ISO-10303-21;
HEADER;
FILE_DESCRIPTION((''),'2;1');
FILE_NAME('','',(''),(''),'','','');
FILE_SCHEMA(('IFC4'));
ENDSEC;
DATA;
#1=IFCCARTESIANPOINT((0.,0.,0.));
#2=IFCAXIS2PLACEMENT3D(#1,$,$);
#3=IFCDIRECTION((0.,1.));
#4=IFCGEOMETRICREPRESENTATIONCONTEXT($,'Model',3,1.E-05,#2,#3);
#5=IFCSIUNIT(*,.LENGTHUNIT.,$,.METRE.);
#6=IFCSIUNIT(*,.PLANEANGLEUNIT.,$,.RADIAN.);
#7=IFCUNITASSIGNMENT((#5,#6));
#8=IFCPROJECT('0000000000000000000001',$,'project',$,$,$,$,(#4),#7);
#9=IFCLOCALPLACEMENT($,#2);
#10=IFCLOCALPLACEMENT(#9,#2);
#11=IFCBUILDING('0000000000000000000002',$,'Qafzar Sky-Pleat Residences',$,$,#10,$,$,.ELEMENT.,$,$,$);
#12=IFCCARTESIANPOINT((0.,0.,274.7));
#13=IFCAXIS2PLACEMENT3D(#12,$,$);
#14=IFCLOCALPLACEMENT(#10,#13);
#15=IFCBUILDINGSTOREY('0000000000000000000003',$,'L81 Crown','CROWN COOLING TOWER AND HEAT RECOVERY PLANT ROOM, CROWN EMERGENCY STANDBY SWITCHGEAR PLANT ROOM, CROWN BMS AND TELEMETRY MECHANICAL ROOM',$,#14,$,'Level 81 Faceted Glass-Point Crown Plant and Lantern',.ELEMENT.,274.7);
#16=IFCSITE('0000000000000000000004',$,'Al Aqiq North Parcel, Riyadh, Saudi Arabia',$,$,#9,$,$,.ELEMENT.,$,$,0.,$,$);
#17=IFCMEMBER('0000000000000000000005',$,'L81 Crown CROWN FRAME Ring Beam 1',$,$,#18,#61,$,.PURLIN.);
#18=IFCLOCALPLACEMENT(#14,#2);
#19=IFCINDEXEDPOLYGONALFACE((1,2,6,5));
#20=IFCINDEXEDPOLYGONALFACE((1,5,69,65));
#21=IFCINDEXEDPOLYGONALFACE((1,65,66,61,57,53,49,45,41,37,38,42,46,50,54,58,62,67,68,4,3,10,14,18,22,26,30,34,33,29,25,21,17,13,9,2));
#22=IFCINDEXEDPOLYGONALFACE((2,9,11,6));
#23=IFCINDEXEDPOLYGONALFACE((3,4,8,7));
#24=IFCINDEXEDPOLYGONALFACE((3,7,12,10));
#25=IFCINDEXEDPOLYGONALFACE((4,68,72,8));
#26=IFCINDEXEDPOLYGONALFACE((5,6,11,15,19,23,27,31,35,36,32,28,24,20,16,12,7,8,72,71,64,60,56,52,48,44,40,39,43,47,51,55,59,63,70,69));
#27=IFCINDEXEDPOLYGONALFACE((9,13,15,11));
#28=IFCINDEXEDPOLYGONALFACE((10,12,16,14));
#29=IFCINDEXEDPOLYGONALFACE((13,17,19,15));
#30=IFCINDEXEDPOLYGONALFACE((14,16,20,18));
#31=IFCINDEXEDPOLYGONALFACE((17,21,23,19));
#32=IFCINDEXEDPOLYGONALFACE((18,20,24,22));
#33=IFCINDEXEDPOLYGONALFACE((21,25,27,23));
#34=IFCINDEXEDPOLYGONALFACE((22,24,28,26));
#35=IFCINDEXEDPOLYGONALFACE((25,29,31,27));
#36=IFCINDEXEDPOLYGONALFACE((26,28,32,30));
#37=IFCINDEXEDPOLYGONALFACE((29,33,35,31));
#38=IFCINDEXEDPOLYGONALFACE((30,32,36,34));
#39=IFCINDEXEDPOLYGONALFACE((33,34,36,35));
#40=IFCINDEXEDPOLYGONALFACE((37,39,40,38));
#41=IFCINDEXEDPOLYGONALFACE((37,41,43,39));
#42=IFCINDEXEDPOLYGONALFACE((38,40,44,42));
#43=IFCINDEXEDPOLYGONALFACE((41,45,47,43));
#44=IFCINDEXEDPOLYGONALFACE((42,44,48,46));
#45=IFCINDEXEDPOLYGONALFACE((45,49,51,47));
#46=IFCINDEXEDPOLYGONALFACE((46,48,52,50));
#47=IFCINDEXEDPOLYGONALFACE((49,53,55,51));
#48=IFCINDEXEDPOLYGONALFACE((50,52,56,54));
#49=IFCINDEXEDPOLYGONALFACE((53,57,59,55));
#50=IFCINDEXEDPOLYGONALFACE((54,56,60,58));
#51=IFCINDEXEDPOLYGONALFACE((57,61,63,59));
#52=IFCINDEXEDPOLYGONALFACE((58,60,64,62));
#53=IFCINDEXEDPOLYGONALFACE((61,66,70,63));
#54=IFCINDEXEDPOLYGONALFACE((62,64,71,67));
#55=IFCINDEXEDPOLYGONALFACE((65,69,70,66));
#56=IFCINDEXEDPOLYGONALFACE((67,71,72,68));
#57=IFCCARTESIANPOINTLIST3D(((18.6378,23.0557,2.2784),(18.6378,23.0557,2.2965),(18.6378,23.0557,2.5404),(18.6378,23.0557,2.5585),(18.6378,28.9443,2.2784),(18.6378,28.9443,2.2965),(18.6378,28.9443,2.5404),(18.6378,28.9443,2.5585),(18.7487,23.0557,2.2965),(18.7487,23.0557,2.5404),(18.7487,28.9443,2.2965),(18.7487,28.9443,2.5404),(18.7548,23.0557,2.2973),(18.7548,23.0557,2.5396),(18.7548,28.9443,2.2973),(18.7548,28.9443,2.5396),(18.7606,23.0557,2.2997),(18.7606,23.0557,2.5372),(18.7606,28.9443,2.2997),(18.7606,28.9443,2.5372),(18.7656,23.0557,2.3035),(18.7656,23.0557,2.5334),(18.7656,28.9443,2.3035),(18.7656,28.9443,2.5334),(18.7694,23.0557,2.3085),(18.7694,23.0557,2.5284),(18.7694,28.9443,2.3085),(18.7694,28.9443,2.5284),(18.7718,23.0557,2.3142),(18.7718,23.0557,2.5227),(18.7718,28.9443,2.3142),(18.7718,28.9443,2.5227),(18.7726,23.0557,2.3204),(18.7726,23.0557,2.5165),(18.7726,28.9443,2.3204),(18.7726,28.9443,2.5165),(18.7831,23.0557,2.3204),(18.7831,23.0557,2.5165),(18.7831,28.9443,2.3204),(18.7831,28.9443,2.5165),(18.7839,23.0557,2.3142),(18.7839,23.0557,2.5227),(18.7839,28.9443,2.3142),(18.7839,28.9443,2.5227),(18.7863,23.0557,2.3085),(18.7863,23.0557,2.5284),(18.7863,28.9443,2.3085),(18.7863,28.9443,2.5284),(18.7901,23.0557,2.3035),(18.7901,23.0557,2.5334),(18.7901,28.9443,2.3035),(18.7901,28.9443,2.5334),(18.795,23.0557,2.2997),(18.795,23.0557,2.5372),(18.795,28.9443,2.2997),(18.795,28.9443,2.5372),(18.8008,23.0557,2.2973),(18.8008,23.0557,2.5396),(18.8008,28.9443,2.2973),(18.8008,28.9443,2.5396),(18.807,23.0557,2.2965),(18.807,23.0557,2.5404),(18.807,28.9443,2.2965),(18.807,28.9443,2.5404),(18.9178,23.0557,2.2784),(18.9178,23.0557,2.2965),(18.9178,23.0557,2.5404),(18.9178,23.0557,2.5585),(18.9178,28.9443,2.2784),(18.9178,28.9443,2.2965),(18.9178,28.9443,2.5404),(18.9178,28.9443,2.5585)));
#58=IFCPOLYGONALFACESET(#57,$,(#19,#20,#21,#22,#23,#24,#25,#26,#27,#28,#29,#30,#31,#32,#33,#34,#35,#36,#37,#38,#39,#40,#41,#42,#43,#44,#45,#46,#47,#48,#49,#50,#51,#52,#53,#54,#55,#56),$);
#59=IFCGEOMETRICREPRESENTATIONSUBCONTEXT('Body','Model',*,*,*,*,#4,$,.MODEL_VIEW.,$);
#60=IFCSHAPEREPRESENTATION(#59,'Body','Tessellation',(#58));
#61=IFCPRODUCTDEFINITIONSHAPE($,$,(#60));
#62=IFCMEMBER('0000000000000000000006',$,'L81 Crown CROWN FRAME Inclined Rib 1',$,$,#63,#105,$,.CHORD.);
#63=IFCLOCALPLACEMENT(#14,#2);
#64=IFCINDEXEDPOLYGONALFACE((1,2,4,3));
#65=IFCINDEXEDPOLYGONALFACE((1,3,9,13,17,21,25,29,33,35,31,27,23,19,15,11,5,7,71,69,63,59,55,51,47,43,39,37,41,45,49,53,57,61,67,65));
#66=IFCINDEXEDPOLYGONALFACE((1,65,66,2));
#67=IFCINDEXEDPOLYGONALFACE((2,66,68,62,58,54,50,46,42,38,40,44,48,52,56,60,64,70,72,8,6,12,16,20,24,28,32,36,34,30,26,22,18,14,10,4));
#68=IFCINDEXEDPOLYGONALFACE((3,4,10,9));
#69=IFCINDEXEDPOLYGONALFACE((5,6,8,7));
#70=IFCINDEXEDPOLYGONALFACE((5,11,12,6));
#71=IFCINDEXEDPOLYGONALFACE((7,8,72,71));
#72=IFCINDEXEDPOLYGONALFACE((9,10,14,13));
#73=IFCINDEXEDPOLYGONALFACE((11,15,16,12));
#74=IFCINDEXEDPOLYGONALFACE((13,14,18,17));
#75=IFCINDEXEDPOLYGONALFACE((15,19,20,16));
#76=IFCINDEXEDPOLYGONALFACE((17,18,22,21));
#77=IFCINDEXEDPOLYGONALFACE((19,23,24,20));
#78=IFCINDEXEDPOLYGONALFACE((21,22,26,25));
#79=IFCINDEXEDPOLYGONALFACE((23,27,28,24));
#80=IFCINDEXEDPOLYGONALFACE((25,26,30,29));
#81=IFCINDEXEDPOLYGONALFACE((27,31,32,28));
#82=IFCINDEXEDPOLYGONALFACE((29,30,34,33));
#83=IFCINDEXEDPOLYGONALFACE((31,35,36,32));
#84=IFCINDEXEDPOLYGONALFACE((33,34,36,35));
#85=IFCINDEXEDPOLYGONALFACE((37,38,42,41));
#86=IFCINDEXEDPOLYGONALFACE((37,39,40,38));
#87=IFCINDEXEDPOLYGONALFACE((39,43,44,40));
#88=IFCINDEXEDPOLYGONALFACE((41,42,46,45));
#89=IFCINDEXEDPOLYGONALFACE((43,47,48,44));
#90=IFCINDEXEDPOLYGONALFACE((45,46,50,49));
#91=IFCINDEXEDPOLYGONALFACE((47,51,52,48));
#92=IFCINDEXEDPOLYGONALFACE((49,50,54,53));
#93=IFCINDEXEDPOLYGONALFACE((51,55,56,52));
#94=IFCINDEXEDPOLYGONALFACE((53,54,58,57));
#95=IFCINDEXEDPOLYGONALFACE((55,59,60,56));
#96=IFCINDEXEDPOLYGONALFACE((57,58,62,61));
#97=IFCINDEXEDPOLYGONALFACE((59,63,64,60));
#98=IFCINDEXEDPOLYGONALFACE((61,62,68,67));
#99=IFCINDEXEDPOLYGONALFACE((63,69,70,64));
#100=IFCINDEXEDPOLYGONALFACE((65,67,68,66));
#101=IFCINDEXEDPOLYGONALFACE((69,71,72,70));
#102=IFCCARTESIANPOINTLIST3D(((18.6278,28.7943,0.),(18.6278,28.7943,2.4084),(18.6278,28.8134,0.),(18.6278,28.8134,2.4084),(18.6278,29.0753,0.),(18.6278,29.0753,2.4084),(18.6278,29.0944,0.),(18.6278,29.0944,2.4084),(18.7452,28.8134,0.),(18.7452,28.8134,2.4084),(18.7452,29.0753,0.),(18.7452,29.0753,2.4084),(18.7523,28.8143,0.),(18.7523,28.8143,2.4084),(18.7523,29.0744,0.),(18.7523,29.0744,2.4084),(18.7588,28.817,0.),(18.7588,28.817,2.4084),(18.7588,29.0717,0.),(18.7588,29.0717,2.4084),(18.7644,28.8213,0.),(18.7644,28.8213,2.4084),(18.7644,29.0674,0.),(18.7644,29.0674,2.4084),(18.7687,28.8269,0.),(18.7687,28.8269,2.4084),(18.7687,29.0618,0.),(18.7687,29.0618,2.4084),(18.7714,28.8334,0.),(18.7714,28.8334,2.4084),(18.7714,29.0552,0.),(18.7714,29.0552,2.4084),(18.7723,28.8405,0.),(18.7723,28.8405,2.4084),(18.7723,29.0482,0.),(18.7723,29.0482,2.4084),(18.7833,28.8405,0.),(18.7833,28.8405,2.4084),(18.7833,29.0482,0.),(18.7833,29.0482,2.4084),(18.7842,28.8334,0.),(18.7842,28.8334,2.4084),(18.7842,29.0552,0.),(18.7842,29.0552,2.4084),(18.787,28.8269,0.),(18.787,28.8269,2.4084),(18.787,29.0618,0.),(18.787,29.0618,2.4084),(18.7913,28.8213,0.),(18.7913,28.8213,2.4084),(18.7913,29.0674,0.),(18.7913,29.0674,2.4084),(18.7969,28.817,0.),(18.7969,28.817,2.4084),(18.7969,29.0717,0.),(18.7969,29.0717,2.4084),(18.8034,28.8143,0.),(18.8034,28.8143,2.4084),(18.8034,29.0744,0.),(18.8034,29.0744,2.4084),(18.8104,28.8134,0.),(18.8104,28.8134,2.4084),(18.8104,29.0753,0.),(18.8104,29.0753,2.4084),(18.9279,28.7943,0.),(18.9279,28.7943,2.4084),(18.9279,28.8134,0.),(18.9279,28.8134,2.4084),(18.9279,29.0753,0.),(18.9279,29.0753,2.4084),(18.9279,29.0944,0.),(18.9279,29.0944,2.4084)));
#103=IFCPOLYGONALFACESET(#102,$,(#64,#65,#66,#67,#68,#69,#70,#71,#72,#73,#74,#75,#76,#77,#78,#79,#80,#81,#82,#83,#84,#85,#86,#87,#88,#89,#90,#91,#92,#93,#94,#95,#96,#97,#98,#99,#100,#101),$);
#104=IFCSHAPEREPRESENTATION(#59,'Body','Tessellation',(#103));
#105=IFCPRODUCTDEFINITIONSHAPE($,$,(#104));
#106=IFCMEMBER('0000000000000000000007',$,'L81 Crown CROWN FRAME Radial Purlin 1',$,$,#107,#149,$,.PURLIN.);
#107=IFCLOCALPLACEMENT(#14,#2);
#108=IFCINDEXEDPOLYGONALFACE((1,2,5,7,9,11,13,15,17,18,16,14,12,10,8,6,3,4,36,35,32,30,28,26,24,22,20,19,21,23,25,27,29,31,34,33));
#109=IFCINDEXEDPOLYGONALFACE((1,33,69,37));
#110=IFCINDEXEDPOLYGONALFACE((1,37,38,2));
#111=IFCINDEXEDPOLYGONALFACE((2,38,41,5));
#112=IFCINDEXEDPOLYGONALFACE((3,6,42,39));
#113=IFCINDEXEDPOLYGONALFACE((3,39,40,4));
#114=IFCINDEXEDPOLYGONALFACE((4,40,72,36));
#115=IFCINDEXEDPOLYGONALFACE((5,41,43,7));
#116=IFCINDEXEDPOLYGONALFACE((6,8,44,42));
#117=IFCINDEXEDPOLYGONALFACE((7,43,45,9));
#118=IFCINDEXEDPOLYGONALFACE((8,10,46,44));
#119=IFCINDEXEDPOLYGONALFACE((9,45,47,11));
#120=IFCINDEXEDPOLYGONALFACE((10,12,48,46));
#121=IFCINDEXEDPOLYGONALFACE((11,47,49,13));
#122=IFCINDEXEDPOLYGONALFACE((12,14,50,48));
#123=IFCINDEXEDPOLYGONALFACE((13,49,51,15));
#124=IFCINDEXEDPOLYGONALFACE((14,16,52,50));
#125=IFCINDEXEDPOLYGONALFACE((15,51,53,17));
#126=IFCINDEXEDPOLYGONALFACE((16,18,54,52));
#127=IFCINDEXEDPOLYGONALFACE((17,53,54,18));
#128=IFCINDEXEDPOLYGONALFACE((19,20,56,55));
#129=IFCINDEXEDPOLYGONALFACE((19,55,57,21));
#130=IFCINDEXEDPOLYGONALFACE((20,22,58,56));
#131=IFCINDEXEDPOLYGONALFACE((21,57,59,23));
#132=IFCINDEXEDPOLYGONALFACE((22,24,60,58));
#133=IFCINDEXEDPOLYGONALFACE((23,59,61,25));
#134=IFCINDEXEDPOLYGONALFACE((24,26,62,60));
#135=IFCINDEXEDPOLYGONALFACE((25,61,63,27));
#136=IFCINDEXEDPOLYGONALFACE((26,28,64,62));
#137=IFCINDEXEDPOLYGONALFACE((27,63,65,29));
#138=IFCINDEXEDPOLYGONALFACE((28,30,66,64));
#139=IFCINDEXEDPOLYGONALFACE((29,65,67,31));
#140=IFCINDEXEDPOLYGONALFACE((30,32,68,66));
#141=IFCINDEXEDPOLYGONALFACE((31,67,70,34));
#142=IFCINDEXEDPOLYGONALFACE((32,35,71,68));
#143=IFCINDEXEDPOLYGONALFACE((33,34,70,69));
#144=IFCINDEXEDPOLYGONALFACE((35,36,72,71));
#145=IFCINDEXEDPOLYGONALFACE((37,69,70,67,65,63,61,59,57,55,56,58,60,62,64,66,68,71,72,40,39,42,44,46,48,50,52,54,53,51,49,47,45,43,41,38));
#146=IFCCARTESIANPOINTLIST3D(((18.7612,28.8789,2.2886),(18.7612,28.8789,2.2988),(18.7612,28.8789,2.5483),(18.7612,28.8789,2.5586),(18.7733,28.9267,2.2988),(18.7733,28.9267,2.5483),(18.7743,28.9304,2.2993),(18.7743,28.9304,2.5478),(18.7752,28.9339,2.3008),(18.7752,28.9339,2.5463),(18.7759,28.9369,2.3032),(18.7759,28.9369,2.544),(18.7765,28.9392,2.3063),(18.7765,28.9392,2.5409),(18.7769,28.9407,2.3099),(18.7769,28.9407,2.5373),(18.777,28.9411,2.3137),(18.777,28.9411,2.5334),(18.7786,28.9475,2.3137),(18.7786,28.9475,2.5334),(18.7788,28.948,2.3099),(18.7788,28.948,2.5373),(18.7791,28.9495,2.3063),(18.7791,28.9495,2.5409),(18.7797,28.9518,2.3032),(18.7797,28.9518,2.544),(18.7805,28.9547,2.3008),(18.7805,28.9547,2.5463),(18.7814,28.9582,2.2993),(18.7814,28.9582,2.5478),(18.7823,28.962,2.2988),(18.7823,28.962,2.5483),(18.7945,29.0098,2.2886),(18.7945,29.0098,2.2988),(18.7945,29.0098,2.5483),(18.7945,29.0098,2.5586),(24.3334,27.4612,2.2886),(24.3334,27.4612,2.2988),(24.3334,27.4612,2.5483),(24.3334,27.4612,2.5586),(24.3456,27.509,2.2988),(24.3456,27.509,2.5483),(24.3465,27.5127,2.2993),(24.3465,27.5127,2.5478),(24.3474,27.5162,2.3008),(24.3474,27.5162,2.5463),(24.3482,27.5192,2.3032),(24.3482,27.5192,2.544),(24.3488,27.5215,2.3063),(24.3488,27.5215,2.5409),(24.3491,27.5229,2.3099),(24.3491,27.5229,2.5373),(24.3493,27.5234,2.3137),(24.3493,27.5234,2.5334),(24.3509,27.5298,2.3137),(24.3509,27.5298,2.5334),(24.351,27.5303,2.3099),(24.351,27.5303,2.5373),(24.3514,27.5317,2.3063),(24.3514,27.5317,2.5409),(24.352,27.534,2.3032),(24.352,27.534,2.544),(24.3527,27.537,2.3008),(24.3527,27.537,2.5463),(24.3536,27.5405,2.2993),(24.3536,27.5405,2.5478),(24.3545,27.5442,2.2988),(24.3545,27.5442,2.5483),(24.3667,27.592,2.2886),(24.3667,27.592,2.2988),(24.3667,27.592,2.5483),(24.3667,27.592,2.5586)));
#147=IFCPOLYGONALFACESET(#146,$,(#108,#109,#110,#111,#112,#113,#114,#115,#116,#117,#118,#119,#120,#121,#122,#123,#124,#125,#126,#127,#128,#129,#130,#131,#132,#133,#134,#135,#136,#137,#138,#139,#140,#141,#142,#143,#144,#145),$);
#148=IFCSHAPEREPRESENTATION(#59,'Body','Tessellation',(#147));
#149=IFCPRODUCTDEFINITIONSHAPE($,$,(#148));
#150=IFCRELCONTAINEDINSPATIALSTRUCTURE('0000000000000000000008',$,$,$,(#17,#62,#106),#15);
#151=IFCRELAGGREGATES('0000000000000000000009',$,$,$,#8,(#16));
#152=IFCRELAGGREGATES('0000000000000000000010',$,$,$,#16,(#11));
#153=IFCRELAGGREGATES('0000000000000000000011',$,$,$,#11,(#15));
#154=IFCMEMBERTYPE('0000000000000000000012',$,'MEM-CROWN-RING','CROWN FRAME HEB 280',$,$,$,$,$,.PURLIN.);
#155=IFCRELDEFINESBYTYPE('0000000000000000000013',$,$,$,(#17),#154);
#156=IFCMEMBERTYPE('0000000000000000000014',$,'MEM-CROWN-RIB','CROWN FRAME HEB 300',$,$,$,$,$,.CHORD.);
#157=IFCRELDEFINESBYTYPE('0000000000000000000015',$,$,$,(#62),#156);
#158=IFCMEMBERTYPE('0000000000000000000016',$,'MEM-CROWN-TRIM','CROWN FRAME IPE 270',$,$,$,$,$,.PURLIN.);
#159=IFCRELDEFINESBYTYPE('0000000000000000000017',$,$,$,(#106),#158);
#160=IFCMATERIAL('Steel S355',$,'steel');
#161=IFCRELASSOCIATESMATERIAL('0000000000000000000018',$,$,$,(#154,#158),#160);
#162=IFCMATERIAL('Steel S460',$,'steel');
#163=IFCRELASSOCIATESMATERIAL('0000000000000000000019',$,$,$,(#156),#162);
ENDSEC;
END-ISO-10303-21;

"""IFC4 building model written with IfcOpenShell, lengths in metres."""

from ifc_helpers import new_model, si_unit, direction, frame, origin, origin_2d, place, context, subcontext, project, spatial, i_section, extrude, source, transform, mapped, material, material_profile, profile_set, type_object, element, save


model = new_model("IFC4")

# Units and contexts
model_context = context("Model", 3, precision=1e-05, world=origin(), true_north=direction((0.0, 1.0)))
body_context = subcontext(model_context, "Body", "Model", "MODEL_VIEW")
ifc_project = project(units=[si_unit("LENGTHUNIT", "METRE"), si_unit("PLANEANGLEUNIT", "RADIAN")], contexts=[model_context])

# Site, building, storey
site_placement = place(None, origin())
site = spatial("IfcSite", under=ifc_project, at=site_placement, Name="Al Aqiq North Parcel, Riyadh, Saudi Arabia", CompositionType="ELEMENT", RefElevation=0.0)
building_placement = place(site_placement, origin())
building = spatial("IfcBuilding", under=site, at=building_placement, Name="Qafzar Sky-Pleat Residences", CompositionType="ELEMENT")
storey_placement = place(building_placement, frame((0.0, 0.0, 274.7)))
storey = spatial("IfcBuildingStorey", under=building, at=storey_placement, Name="L81 Crown", Description="CROWN COOLING TOWER AND HEAT RECOVERY PLANT ROOM, CROWN EMERGENCY STANDBY SWITCHGEAR PLANT ROOM, CROWN BMS AND TELEMETRY MECHANICAL ROOM", LongName="Level 81 Faceted Glass-Point Crown Plant and Lantern", CompositionType="ELEMENT", Elevation=274.7)

# Members
ifc_material_1 = material(Name="Steel S355", Category="steel")
ifc_material_profile_1 = material_profile(ifc_material_1, i_section(OverallWidth=0.28, OverallDepth=0.28, WebThickness=0.0105, FlangeThickness=0.0181, FilletRadius=0.0239, at=origin_2d()), Name="HEB 280")
ifc_profile_set_1 = profile_set([ifc_material_profile_1], Name="Steel S355")
member_type_1 = type_object("IfcMemberType", Name="MEM-CROWN-RING", Description="CROWN FRAME HEB 280", PredefinedType="PURLIN", material=ifc_profile_set_1)
shared_shape_1 = source(origin(), body_context, "Body", "SweptSolid", [
    extrude(i_section(OverallWidth=0.28, OverallDepth=0.28, WebThickness=0.0105, FlangeThickness=0.0181, FilletRadius=0.0239, at=origin_2d()), origin(), (0.0, 0.0, 1.0), 5.8887),
])
member_1_placement = place(storey_placement, frame((18.7778, 28.9443, 2.4185), z_axis=(0.0, -1.0, 0.0), x_axis=(1.0, 0.0, 0.0)))
element("IfcMember", 1, at=member_1_placement, inside=storey, type_object=member_type_1, Name="L81 Crown CROWN FRAME Ring Beam 1", PredefinedType="PURLIN", context=body_context, shape_type="MappedRepresentation", body=[
    mapped(shared_shape_1, transform((0.0, 0.0, 0.0), x_axis=(1.0, 0.0, 0.0), y_axis=(0.0, 1.0, 0.0), z_axis=(0.0, 0.0, 1.0), scale=1.0)),
])
ifc_material_2 = material(Name="Steel S460", Category="steel")
ifc_material_profile_2 = material_profile(ifc_material_2, i_section(OverallWidth=0.3, OverallDepth=0.3, WebThickness=0.011, FlangeThickness=0.019, FilletRadius=0.0271, at=origin_2d()), Name="HEB 300")
ifc_profile_set_2 = profile_set([ifc_material_profile_2], Name="Steel S460")
member_type_2 = type_object("IfcMemberType", Name="MEM-CROWN-RIB", Description="CROWN FRAME HEB 300", PredefinedType="CHORD", material=ifc_profile_set_2)
shared_shape_2 = source(origin(), body_context, "Body", "SweptSolid", [
    extrude(i_section(OverallWidth=0.3, OverallDepth=0.3, WebThickness=0.011, FlangeThickness=0.019, FilletRadius=0.0271, at=origin_2d()), origin(), (0.0, 0.0, 1.0), 2.4084),
])
member_2_placement = place(storey_placement, frame((18.7778, 28.9443, 0.0), z_axis=(0.0, 0.0, 1.0), x_axis=(1.0, 0.0, 0.0)))
element("IfcMember", 2, at=member_2_placement, inside=storey, type_object=member_type_2, Name="L81 Crown CROWN FRAME Inclined Rib 1", PredefinedType="CHORD", context=body_context, shape_type="MappedRepresentation", body=[
    mapped(shared_shape_2, transform((0.0, 0.0, 0.0), x_axis=(1.0, 0.0, 0.0), y_axis=(0.0, 1.0, 0.0), z_axis=(0.0, 0.0, 1.0), scale=1.0)),
])
ifc_material_profile_3 = material_profile(ifc_material_1, i_section(OverallWidth=0.135, OverallDepth=0.27, WebThickness=0.0066, FlangeThickness=0.0103, FilletRadius=0.0149, at=origin_2d()), Name="IPE 270")
ifc_profile_set_3 = profile_set([ifc_material_profile_3], Name="Steel S355")
member_type_3 = type_object("IfcMemberType", Name="MEM-CROWN-TRIM", Description="CROWN FRAME IPE 270", PredefinedType="PURLIN", material=ifc_profile_set_3)
shared_shape_3 = source(origin(), body_context, "Body", "SweptSolid", [
    extrude(i_section(OverallWidth=0.135, OverallDepth=0.27, WebThickness=0.0066, FlangeThickness=0.0103, FilletRadius=0.0149, at=origin_2d()), origin(), (0.0, 0.0, 1.0), 5.7498),
])
member_3_placement = place(storey_placement, frame((18.7778, 28.9443, 2.4236), z_axis=(0.969125, -0.24657, 0.0), x_axis=(0.24657, 0.969125, 0.0)))
element("IfcMember", 3, at=member_3_placement, inside=storey, type_object=member_type_3, Name="L81 Crown CROWN FRAME Radial Purlin 1", PredefinedType="PURLIN", context=body_context, shape_type="MappedRepresentation", body=[
    mapped(shared_shape_3, transform((0.0, 0.0, 0.0), x_axis=(1.0, 0.0, 0.0), y_axis=(0.0, 1.0, 0.0), z_axis=(0.0, 0.0, 1.0), scale=1.0)),
])

save(model, "model.ifc")
